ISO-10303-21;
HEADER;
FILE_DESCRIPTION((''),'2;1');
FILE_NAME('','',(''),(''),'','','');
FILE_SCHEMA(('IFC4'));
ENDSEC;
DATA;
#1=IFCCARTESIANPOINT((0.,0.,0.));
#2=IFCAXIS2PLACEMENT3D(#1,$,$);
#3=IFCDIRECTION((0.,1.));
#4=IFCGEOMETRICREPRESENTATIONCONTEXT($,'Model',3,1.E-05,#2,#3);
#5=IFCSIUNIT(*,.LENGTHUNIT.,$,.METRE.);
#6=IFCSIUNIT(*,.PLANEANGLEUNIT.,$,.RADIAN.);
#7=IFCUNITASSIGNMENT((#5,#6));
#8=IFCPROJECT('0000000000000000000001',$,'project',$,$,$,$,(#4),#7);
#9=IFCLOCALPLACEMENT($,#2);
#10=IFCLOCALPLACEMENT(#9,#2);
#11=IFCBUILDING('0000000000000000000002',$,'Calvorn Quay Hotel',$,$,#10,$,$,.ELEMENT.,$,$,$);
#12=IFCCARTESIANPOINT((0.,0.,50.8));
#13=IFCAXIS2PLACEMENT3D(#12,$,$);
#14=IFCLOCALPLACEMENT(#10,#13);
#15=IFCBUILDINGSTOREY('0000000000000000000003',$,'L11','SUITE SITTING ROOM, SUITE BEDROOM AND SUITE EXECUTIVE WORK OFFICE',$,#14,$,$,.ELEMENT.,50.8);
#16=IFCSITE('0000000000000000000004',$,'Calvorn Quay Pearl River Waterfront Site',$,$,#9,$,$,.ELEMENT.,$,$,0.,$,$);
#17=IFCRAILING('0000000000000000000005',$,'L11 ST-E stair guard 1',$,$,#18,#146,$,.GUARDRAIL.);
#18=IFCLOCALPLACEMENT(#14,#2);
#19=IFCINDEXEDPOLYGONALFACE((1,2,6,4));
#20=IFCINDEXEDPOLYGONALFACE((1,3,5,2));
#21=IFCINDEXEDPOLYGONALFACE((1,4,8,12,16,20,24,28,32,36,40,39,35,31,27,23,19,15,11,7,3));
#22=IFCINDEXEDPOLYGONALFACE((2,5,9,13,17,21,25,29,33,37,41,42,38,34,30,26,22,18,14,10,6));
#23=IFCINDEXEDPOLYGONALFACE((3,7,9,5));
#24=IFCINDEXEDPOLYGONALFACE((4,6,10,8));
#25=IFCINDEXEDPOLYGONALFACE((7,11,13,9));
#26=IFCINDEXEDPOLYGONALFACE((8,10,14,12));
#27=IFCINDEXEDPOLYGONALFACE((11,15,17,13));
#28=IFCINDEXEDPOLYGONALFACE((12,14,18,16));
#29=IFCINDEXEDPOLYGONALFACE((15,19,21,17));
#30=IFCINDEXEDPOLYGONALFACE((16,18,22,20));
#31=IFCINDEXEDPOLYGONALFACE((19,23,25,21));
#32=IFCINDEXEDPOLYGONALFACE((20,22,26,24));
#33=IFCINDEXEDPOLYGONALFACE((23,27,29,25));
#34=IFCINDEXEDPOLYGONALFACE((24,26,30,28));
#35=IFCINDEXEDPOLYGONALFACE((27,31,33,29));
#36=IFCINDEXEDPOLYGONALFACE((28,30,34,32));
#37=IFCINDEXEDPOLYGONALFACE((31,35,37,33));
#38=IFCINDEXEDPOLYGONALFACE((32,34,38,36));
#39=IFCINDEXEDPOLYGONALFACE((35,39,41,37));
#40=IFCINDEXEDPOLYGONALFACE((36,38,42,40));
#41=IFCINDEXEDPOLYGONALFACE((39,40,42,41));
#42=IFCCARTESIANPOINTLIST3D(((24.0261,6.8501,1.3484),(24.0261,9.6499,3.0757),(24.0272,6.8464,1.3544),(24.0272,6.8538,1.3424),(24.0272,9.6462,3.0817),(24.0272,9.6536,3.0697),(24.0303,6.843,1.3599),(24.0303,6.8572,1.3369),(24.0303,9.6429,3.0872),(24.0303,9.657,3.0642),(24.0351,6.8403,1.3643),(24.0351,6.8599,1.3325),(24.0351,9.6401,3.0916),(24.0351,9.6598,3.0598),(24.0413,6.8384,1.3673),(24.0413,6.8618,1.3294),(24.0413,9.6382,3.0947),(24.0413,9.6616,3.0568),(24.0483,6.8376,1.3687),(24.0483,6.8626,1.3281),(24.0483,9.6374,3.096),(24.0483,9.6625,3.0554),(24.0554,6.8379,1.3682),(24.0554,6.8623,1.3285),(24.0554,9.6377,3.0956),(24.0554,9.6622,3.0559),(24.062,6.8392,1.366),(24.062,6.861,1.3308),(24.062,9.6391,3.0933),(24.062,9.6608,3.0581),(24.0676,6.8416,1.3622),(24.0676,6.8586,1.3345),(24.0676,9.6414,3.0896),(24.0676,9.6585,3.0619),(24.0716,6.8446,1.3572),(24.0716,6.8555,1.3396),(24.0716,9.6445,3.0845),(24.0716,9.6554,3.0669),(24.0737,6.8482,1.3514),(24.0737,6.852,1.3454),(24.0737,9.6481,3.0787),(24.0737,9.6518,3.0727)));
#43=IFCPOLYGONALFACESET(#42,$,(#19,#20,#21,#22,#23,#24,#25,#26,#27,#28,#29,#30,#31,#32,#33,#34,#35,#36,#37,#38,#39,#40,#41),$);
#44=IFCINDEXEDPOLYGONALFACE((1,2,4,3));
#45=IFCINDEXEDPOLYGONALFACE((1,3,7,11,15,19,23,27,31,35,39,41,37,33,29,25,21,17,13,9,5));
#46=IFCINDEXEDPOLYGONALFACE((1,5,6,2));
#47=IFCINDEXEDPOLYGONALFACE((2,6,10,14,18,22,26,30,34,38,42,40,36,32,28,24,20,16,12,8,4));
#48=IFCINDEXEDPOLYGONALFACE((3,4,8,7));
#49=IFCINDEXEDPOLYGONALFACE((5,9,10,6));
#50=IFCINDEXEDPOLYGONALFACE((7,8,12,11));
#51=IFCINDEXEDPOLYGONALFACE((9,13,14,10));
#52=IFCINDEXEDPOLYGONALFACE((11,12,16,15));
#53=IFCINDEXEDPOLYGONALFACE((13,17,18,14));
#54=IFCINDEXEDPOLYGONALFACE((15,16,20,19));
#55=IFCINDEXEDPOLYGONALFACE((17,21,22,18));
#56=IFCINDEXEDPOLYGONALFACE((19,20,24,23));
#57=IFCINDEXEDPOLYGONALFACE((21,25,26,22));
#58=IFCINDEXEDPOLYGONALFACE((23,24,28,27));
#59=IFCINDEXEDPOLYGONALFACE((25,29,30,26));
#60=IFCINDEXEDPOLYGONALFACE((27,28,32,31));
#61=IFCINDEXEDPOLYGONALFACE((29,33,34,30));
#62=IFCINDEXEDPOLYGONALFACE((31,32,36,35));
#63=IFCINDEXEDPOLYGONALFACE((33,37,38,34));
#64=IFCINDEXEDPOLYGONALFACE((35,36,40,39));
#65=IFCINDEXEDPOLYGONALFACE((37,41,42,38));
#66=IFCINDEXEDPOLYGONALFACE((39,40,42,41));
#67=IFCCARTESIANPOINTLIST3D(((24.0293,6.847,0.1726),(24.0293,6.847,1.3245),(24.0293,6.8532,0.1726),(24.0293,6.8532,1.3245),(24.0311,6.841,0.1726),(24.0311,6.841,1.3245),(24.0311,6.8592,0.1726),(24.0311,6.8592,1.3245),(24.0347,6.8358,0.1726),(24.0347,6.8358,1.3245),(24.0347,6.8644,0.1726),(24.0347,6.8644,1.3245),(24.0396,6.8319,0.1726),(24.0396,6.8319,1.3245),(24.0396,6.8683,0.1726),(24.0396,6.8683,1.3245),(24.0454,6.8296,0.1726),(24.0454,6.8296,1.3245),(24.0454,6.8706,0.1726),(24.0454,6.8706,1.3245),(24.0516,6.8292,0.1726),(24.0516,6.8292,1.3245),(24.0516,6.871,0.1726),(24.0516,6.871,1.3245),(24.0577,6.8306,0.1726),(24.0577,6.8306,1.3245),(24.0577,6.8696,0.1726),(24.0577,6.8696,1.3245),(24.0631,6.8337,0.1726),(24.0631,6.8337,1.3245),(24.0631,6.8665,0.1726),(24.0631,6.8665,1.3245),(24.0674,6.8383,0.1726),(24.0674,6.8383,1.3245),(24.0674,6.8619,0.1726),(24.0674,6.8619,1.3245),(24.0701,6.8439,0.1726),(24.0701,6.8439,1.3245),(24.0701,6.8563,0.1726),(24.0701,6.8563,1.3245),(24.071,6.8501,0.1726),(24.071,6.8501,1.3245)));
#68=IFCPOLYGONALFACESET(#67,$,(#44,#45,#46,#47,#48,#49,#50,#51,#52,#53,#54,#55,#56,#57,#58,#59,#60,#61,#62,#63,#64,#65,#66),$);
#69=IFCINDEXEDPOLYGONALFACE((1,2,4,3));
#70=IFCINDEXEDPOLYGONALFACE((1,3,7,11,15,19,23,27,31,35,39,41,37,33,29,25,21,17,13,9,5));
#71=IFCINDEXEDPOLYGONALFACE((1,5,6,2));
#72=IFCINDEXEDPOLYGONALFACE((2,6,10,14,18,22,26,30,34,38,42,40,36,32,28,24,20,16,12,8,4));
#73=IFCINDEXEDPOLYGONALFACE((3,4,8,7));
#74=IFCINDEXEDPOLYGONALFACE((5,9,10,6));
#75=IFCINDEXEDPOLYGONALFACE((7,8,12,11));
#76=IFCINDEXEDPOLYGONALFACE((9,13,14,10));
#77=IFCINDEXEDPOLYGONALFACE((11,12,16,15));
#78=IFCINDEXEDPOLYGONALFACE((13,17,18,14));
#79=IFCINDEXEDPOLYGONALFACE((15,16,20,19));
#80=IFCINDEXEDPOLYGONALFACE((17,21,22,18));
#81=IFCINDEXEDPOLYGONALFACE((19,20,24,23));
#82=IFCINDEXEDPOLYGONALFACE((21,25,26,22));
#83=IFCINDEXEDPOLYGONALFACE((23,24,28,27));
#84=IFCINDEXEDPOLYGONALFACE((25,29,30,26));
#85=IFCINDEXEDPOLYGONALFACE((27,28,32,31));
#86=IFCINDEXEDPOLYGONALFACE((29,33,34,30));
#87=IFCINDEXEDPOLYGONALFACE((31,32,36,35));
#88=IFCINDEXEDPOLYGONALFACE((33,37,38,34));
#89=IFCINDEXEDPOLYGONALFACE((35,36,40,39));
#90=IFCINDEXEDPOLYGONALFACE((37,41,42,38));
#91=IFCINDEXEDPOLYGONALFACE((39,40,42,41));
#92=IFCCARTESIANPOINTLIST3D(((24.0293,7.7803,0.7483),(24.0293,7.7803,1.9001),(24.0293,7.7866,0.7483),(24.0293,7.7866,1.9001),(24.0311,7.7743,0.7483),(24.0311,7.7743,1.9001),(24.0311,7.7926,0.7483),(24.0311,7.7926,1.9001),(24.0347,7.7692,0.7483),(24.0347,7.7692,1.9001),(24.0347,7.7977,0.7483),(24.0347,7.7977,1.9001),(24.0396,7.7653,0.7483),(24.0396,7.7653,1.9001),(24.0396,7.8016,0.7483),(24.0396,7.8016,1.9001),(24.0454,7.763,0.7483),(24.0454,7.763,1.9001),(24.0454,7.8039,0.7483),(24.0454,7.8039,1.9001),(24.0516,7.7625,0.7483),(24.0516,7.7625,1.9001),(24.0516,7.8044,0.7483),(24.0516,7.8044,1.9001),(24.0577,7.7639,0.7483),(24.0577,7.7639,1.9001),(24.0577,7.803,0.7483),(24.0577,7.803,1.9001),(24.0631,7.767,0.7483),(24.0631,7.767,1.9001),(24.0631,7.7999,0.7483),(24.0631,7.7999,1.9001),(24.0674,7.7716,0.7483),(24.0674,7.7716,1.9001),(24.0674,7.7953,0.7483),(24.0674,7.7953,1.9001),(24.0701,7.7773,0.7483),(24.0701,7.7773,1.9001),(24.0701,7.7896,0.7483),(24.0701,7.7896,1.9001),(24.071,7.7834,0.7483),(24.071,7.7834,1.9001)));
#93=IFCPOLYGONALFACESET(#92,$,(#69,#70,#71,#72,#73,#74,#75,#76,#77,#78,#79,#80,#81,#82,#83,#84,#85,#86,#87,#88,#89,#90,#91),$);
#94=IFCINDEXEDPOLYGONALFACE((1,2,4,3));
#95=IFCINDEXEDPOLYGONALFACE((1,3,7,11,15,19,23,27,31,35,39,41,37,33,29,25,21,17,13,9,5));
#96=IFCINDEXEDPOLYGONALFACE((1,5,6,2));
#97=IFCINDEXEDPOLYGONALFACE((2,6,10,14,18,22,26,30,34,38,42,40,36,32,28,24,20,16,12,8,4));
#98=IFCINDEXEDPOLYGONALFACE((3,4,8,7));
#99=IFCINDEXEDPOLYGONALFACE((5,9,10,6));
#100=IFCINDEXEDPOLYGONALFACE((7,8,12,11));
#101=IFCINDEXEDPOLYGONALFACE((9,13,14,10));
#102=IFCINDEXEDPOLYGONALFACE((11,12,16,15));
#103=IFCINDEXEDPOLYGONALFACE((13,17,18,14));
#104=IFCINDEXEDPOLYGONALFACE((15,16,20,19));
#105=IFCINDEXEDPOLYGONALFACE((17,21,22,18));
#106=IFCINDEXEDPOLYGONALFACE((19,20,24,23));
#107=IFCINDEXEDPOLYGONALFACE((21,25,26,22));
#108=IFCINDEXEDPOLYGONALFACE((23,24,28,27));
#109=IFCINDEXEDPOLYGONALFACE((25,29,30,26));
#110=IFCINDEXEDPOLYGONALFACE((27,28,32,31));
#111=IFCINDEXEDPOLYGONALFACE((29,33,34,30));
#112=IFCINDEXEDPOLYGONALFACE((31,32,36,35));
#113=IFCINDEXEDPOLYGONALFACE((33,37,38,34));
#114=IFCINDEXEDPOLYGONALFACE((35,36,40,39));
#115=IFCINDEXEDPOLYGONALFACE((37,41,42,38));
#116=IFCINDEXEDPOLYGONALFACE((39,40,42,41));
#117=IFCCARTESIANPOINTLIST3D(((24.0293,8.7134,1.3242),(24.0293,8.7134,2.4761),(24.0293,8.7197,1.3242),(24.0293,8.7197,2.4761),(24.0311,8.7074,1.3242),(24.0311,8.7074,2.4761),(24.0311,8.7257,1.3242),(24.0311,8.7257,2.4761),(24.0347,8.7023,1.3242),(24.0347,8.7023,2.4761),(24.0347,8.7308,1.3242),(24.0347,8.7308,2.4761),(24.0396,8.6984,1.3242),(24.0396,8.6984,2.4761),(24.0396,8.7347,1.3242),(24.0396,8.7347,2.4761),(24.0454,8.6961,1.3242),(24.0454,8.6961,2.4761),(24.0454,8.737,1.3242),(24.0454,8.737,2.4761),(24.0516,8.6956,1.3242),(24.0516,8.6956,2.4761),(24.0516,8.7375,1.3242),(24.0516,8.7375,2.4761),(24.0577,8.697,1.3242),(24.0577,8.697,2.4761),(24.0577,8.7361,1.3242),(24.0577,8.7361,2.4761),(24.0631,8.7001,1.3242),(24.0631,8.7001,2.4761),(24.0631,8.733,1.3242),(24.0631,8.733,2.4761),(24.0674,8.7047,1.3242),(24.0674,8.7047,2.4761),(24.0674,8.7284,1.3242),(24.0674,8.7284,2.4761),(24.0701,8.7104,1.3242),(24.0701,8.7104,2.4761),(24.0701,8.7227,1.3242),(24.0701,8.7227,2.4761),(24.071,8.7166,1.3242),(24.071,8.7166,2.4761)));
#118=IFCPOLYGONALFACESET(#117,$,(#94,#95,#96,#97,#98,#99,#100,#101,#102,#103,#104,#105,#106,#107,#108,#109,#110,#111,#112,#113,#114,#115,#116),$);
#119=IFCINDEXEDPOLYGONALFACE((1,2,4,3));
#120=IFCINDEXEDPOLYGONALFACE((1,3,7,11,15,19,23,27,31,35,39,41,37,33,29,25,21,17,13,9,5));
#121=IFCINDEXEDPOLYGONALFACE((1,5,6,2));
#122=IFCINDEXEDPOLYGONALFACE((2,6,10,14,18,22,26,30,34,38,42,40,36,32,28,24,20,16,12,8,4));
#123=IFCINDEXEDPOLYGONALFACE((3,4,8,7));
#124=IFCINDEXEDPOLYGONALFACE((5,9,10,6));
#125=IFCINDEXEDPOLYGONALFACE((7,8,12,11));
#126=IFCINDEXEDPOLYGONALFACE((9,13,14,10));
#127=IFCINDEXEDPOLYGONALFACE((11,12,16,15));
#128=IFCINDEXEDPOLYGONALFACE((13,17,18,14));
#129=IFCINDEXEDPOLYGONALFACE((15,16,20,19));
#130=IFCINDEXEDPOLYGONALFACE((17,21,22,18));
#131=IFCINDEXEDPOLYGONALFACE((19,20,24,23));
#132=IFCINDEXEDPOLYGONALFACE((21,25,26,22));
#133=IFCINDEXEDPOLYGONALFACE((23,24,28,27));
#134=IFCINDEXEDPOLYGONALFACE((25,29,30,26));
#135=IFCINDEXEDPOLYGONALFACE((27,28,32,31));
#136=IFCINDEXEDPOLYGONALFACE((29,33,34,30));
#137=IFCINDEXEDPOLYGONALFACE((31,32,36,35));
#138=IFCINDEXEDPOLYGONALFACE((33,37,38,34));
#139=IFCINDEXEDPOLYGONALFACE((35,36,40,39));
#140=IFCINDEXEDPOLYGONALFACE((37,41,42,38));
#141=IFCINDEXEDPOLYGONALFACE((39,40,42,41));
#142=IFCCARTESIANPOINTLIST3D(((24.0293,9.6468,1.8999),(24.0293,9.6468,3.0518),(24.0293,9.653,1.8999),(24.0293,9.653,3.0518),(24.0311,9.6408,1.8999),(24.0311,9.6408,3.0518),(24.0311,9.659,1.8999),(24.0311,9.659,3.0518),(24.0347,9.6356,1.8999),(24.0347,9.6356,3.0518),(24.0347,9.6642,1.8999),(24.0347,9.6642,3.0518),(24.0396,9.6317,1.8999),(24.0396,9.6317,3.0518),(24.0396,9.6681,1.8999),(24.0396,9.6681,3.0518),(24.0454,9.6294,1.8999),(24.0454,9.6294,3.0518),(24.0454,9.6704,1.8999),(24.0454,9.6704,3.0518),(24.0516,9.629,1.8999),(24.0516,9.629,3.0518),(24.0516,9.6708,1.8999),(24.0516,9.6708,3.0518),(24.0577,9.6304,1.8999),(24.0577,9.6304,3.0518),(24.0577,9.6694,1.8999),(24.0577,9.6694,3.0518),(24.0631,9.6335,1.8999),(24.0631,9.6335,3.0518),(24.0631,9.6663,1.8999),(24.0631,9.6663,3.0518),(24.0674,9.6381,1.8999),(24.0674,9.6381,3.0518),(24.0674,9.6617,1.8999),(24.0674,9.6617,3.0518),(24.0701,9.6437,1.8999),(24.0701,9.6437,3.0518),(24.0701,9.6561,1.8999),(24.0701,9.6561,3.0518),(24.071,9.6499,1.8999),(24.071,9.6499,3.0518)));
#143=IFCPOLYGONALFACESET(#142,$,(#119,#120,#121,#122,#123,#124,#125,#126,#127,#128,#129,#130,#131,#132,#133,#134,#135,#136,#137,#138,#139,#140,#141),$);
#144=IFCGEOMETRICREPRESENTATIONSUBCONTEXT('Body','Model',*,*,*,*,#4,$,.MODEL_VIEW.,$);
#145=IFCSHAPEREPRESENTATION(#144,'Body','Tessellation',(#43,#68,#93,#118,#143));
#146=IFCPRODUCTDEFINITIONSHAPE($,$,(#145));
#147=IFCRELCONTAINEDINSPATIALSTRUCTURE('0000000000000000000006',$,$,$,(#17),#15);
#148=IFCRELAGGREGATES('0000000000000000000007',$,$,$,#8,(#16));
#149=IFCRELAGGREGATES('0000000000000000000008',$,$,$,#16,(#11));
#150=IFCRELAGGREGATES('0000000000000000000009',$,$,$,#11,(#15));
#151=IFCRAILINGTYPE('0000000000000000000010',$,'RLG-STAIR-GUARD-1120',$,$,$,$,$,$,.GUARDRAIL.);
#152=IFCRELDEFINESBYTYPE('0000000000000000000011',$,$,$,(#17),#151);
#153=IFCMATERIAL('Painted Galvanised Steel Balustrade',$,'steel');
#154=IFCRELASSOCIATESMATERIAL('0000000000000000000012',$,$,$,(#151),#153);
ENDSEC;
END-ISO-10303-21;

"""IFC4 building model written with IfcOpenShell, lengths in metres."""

from ifc_helpers import new_model, si_unit, direction, frame, origin, origin_2d, place, context, subcontext, project, spatial, circle, extrude, material, type_object, element, save


model = new_model("IFC4")

# Units and contexts
model_context = context("Model", 3, precision=1e-05, world=origin(), true_north=direction((0.0, 1.0)))
body_context = subcontext(model_context, "Body", "Model", "MODEL_VIEW")
ifc_project = project(units=[si_unit("LENGTHUNIT", "METRE"), si_unit("PLANEANGLEUNIT", "RADIAN")], contexts=[model_context])

# Site, building, storey
site_placement = place(None, origin())
site = spatial("IfcSite", under=ifc_project, at=site_placement, Name="Calvorn Quay Pearl River Waterfront Site", CompositionType="ELEMENT", RefElevation=0.0)
building_placement = place(site_placement, origin())
building = spatial("IfcBuilding", under=site, at=building_placement, Name="Calvorn Quay Hotel", CompositionType="ELEMENT")
storey_placement = place(building_placement, frame((0.0, 0.0, 50.8)))
storey = spatial("IfcBuildingStorey", under=building, at=storey_placement, Name="L11", Description="SUITE SITTING ROOM, SUITE BEDROOM AND SUITE EXECUTIVE WORK OFFICE", CompositionType="ELEMENT", Elevation=50.8)

# Railing
ifc_material_1 = material(Name="Painted Galvanised Steel Balustrade", Category="steel")
railing_type_1 = type_object("IfcRailingType", Name="RLG-STAIR-GUARD-1120", PredefinedType="GUARDRAIL", material=ifc_material_1)
railing_1_placement = place(storey_placement, frame((24.05, 6.8501, 0.1726)))
element("IfcRailing", 1, at=railing_1_placement, inside=storey, type_object=railing_type_1, Name="L11 ST-E stair guard 1", PredefinedType="GUARDRAIL", context=body_context, shape_type="SweptSolid", body=[
    extrude(circle(Radius=0.0239, at=origin_2d()), frame((0.0, 0.0, 1.1758), z_axis=(0.0, 0.851069, 0.525054), x_axis=(-1.0, 0.0, 0.0)), (0.0, 0.0, 1.0), 3.2898),
    extrude(circle(Radius=0.021, at=origin_2d()), origin(), (0.0, 0.0, 1.0), 1.1519),
    extrude(circle(Radius=0.021, at=origin_2d()), frame((0.0, 0.9333, 0.5757)), (0.0, 0.0, 1.0), 1.1519),
    extrude(circle(Radius=0.021, at=origin_2d()), frame((0.0, 1.8665, 1.1516)), (0.0, 0.0, 1.0), 1.1519),
    extrude(circle(Radius=0.021, at=origin_2d()), frame((0.0, 2.7998, 1.7273)), (0.0, 0.0, 1.0), 1.1519),
])

save(model, "model.ifc")
